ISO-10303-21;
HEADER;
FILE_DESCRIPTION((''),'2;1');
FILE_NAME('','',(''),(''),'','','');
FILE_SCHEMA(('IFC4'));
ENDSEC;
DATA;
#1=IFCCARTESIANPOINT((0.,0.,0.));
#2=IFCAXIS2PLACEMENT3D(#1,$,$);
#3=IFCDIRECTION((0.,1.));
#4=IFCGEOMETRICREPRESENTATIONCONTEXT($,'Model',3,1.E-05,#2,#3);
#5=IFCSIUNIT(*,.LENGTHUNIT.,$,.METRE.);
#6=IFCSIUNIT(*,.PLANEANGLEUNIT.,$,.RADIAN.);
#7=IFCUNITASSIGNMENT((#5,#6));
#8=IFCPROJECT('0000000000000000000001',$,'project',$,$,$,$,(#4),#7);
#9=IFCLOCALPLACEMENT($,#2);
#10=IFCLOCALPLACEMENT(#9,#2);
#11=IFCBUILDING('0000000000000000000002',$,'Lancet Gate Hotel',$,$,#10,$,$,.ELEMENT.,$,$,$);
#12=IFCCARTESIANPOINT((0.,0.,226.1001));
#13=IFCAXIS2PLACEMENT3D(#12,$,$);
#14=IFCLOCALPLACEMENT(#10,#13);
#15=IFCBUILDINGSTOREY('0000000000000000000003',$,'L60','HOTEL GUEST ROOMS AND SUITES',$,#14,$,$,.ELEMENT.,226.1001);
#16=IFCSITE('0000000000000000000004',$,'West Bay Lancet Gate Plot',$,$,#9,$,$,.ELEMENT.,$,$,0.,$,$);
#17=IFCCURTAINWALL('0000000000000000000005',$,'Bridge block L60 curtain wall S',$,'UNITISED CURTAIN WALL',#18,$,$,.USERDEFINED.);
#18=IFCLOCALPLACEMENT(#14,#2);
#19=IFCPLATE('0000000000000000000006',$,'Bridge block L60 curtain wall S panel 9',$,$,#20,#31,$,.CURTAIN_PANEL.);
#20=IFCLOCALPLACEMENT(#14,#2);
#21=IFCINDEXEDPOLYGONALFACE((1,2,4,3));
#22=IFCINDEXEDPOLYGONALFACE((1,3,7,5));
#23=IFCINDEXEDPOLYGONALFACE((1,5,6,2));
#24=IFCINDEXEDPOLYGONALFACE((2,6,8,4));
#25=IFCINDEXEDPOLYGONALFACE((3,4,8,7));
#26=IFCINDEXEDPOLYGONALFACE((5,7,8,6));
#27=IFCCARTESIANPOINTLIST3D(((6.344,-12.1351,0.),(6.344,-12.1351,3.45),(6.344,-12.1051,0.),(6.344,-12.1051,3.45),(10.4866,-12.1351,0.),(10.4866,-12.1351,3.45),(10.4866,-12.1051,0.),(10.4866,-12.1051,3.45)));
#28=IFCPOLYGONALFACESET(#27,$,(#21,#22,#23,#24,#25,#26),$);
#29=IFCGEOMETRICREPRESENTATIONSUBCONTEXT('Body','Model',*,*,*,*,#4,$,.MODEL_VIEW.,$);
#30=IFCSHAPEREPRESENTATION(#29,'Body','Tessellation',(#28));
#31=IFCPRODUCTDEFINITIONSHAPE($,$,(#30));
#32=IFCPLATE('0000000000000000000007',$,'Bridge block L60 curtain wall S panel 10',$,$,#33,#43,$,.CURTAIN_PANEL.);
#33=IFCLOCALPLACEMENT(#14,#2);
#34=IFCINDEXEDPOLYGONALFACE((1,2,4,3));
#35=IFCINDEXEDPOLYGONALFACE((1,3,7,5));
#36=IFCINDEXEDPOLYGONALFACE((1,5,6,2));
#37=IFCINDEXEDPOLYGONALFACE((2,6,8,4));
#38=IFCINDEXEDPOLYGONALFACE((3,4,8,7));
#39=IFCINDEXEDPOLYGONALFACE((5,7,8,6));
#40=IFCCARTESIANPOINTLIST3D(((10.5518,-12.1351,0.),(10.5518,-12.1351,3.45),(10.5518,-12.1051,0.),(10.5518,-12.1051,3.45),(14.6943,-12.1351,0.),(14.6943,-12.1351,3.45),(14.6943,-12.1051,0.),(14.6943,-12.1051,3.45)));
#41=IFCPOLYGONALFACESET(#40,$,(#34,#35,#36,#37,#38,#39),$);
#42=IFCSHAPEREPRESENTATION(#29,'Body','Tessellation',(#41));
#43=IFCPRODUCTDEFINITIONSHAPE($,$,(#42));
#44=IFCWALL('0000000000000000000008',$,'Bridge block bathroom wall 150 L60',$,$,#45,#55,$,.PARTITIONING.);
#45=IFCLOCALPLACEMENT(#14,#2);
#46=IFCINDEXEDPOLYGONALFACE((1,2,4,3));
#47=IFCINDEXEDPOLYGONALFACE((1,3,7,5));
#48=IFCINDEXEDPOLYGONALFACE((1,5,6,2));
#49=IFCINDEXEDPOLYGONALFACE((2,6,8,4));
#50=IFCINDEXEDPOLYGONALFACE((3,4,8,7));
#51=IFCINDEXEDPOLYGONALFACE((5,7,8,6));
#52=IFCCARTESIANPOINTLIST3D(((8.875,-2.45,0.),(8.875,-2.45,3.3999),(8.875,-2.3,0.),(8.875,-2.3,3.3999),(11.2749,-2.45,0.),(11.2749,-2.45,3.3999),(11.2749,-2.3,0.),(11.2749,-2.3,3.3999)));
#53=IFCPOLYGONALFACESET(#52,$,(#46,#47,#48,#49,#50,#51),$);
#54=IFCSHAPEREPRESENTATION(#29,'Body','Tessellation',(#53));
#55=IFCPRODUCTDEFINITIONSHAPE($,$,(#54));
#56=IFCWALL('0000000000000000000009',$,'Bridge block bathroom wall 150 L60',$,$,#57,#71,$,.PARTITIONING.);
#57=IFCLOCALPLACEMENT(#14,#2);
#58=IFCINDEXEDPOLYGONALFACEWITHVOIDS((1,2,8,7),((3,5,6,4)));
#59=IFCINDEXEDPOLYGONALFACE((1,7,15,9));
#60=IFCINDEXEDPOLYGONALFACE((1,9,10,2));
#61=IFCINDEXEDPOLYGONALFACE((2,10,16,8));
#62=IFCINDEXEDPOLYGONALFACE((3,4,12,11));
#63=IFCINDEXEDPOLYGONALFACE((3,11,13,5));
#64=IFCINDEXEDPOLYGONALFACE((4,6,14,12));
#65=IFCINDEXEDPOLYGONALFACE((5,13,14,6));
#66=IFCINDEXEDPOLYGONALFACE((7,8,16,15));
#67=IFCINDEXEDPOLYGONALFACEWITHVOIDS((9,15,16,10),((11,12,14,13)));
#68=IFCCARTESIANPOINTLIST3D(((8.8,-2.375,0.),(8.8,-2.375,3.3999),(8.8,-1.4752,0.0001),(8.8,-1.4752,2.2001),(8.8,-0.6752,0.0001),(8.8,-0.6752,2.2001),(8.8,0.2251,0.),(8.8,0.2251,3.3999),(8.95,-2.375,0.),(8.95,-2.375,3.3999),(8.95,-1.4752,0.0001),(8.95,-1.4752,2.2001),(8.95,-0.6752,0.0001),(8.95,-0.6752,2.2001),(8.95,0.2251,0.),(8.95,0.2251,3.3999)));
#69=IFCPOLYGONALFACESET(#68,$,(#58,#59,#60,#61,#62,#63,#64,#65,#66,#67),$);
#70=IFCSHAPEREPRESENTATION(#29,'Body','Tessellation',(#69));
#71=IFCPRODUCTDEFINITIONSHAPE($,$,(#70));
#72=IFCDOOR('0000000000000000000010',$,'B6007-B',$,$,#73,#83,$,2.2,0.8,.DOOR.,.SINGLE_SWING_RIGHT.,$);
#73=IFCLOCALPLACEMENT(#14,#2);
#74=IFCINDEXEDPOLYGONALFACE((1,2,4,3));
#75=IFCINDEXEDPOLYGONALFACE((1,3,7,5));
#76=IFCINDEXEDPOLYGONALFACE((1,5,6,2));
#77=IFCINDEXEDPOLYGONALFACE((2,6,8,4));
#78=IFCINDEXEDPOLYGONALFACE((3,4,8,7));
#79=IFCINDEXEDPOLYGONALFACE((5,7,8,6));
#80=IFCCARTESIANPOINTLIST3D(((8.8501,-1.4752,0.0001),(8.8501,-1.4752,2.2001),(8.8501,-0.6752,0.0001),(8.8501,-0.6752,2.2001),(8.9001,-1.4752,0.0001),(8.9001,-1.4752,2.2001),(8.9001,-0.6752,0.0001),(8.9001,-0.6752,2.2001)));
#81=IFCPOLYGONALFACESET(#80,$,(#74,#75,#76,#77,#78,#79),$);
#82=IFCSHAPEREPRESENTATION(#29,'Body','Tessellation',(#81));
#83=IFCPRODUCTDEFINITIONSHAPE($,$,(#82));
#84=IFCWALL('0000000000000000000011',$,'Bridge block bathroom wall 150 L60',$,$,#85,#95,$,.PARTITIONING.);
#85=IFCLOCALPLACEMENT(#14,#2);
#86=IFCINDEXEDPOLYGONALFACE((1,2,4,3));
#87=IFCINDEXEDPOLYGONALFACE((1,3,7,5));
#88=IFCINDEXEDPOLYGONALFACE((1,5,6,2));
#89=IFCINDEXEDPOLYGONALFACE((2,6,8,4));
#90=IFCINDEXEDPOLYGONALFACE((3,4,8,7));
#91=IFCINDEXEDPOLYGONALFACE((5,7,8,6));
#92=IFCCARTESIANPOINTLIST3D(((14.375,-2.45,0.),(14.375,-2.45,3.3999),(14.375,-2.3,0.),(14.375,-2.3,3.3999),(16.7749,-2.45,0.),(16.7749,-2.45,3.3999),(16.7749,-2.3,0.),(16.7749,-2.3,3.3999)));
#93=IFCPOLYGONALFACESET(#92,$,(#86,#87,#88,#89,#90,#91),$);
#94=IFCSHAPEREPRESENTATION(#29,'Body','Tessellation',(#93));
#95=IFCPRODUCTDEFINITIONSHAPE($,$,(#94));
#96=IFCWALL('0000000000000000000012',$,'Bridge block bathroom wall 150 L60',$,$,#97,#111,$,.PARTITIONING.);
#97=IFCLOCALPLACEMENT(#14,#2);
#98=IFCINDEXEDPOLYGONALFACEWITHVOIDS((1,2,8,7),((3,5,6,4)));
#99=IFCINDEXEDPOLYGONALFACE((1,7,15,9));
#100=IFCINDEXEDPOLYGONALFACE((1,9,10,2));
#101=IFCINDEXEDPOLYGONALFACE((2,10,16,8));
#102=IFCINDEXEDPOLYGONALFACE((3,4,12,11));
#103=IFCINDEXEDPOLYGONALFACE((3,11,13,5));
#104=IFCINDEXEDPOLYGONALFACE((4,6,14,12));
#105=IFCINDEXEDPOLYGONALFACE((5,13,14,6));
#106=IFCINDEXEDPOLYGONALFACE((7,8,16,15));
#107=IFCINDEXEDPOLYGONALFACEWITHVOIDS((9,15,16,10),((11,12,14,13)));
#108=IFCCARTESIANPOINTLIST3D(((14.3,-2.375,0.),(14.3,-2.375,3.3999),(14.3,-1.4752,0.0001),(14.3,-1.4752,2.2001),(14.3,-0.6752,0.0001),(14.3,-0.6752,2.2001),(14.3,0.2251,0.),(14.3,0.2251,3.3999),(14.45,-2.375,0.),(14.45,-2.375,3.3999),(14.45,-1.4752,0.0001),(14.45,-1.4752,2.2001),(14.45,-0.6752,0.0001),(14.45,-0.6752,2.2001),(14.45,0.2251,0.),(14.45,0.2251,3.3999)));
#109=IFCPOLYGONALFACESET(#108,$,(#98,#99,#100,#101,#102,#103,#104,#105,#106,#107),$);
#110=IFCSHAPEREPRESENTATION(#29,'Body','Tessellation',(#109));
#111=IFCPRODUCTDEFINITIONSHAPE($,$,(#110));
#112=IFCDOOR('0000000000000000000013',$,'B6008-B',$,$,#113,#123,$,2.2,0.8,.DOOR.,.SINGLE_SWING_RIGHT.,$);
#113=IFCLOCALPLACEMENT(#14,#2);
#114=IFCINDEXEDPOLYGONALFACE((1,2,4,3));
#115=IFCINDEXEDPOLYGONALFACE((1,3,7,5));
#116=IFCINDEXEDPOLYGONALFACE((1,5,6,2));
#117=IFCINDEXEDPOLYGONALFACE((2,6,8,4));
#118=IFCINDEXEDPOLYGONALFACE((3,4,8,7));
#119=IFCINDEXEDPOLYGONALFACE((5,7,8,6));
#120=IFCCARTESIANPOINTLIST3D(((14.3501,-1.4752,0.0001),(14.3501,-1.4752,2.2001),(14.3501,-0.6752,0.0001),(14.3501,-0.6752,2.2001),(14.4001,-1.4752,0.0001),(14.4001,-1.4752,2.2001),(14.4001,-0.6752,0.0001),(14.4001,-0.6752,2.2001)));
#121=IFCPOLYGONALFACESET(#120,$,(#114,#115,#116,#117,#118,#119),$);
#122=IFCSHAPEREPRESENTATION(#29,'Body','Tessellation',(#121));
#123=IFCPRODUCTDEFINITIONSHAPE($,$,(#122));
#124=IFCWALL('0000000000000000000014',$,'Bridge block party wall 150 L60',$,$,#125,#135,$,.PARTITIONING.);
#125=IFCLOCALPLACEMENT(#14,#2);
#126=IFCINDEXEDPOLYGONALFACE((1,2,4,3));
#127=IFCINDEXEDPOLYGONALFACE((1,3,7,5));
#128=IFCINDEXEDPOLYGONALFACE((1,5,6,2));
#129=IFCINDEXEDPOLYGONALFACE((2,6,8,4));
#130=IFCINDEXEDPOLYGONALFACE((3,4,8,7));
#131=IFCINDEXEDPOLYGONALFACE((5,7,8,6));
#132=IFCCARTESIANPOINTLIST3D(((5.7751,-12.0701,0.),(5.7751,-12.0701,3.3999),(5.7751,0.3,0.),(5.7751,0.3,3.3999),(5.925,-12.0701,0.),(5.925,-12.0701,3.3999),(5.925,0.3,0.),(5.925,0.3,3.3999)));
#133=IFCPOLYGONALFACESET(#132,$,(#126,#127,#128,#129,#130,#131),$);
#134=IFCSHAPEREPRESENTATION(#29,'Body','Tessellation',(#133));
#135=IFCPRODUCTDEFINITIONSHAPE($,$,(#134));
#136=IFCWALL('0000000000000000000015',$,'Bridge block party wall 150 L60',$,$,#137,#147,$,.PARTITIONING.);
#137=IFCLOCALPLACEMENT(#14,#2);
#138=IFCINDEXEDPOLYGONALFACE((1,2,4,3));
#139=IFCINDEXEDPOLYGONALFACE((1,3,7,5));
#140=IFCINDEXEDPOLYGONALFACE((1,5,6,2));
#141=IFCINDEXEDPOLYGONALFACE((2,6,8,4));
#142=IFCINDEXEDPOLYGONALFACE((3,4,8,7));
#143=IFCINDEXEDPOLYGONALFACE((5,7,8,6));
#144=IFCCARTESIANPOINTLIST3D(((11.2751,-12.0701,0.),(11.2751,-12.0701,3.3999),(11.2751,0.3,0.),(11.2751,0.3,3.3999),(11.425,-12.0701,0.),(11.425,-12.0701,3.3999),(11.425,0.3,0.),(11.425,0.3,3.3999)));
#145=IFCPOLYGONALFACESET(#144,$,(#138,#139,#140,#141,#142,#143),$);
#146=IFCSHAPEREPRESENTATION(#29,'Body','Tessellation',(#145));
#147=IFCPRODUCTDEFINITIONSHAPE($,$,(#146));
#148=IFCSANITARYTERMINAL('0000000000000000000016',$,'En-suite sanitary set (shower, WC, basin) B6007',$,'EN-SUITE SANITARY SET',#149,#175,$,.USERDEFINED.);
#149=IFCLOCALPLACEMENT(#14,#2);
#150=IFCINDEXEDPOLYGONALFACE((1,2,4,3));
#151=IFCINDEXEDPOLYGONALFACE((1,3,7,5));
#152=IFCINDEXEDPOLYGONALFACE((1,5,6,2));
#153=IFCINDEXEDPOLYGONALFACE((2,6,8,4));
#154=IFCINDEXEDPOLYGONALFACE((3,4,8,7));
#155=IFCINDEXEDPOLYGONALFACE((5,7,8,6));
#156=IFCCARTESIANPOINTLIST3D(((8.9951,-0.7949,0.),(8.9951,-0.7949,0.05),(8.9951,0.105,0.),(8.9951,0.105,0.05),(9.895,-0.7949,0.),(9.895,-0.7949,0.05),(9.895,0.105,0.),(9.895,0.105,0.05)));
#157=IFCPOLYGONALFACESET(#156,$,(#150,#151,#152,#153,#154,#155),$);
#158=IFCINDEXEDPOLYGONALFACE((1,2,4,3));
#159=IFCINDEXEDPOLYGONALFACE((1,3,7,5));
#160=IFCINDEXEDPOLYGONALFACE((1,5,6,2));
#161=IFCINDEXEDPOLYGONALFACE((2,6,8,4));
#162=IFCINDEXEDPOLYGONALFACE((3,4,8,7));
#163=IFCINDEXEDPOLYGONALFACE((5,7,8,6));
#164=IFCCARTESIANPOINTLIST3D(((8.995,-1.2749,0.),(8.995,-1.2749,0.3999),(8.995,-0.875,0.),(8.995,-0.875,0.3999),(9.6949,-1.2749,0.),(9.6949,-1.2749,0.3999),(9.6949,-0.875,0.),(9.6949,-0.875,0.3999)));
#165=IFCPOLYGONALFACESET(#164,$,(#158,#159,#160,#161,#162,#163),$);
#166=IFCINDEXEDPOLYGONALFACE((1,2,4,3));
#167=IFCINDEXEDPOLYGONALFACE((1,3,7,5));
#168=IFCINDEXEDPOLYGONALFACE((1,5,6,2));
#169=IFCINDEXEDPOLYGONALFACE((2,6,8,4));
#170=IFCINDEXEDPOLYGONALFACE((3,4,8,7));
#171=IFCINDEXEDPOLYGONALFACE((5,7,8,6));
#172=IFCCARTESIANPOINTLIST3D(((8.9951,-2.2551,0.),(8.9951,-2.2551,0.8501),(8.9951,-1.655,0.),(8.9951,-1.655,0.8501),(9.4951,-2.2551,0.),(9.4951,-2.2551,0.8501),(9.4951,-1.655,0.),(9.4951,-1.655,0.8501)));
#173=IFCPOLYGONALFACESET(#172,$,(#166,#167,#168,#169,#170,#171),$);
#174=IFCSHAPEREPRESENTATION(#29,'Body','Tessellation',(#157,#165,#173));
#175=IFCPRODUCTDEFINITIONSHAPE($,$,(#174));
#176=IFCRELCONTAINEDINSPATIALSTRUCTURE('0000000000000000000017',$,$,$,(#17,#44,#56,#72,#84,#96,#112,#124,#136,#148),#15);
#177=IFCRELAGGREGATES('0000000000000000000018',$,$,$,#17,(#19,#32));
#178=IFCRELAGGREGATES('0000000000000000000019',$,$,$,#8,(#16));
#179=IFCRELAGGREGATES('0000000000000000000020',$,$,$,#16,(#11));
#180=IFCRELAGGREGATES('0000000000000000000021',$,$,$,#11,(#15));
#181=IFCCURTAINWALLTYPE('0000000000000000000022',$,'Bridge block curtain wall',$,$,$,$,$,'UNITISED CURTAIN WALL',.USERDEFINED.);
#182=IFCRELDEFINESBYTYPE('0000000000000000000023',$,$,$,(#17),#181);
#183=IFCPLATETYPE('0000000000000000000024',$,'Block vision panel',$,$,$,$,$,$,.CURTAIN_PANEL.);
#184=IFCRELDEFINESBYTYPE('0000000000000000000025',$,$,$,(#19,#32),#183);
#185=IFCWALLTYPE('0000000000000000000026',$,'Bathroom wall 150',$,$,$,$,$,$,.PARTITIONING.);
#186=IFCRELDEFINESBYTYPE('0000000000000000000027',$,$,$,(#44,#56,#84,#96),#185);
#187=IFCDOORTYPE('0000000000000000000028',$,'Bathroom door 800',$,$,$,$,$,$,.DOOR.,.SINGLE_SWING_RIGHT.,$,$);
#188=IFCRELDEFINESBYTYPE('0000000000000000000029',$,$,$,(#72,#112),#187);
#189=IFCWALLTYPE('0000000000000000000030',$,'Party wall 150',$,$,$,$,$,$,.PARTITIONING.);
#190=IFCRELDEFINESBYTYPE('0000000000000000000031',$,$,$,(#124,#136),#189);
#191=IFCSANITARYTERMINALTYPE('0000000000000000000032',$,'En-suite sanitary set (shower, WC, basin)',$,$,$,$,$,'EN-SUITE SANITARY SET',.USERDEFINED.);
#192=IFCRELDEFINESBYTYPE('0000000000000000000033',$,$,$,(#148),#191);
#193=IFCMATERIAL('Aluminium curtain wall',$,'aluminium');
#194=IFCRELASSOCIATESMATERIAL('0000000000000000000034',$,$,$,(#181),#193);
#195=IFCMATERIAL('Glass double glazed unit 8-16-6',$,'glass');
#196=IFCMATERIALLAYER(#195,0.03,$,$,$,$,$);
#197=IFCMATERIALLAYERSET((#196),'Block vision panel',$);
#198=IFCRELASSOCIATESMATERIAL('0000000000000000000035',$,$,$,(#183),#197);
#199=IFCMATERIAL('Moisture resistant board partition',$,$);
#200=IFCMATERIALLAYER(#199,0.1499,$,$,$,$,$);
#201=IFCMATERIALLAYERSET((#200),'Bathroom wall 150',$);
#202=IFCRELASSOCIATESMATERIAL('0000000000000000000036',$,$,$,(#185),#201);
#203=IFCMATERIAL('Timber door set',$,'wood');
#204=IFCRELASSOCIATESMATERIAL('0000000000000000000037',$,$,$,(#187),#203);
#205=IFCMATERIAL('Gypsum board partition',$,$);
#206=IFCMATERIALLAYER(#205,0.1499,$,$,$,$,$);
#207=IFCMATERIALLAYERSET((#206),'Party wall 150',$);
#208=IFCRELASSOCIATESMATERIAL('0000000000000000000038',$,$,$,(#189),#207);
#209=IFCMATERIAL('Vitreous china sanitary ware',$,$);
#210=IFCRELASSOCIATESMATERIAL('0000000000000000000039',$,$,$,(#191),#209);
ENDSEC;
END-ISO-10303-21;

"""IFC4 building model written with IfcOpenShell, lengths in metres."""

from ifc_helpers import new_model, si_unit, direction, frame, frame_2d, origin, origin_2d, place, context, subcontext, project, spatial, rectangle, extrude, material, layer, layer_set, type_object, element, fill, aggregate, save


model = new_model("IFC4")

# Units and contexts
model_context = context("Model", 3, precision=1e-05, world=origin(), true_north=direction((0.0, 1.0)))
body_context = subcontext(model_context, "Body", "Model", "MODEL_VIEW")
ifc_project = project(units=[si_unit("LENGTHUNIT", "METRE"), si_unit("PLANEANGLEUNIT", "RADIAN")], contexts=[model_context])

# Site, building, storey
site_placement = place(None, origin())
site = spatial("IfcSite", under=ifc_project, at=site_placement, Name="West Bay Lancet Gate Plot", CompositionType="ELEMENT", RefElevation=0.0)
building_placement = place(site_placement, origin())
building = spatial("IfcBuilding", under=site, at=building_placement, Name="Lancet Gate Hotel", CompositionType="ELEMENT")
storey_placement = place(building_placement, frame((0.0, 0.0, 226.1001)))
storey = spatial("IfcBuildingStorey", under=building, at=storey_placement, Name="L60", Description="HOTEL GUEST ROOMS AND SUITES", CompositionType="ELEMENT", Elevation=226.1001)

# Curtain wall
ifc_material_1 = material(Name="Aluminium curtain wall", Category="aluminium")
curtain_wall_type = type_object("IfcCurtainWallType", Name="Bridge block curtain wall", ElementType="UNITISED CURTAIN WALL", PredefinedType="USERDEFINED", material=ifc_material_1)
curtain_wall_placement = place(storey_placement, origin())
curtain_wall = element("IfcCurtainWall", 1, at=curtain_wall_placement, inside=storey, type_object=curtain_wall_type, Name="Bridge block L60 curtain wall S", ObjectType="UNITISED CURTAIN WALL", PredefinedType="USERDEFINED")

# Plates
ifc_material_2 = material(Name="Glass double glazed unit 8-16-6", Category="glass")
ifc_layer_1 = layer(ifc_material_2, 0.03)
ifc_layer_set_1 = layer_set([ifc_layer_1], Name="Block vision panel")
plate_type = type_object("IfcPlateType", Name="Block vision panel", PredefinedType="CURTAIN_PANEL", material=ifc_layer_set_1)
plate_1_placement = place(storey_placement, frame((8.4153, -12.1201, 0.0), z_axis=(0.0, 0.0, 1.0), x_axis=(1.0, 0.0, 0.0)))
plate_1 = element("IfcPlate", 2, at=plate_1_placement, type_object=plate_type, Name="Bridge block L60 curtain wall S panel 9", PredefinedType="CURTAIN_PANEL", context=body_context, shape_type="SweptSolid", body=[
    extrude(rectangle(XDim=4.1426, YDim=0.03, at=origin_2d()), origin(), (0.0, 0.0, 1.0), 3.45),
])
plate_2_placement = place(storey_placement, frame((12.623, -12.1201, 0.0), z_axis=(0.0, 0.0, 1.0), x_axis=(1.0, 0.0, 0.0)))
plate_2 = element("IfcPlate", 3, at=plate_2_placement, type_object=plate_type, Name="Bridge block L60 curtain wall S panel 10", PredefinedType="CURTAIN_PANEL", context=body_context, shape_type="SweptSolid", body=[
    extrude(rectangle(XDim=4.1426, YDim=0.03, at=origin_2d()), origin(), (0.0, 0.0, 1.0), 3.45),
])
aggregate(curtain_wall, [plate_1, plate_2])

# Wall
ifc_material_3 = material(Name="Moisture resistant board partition")
ifc_layer_2 = layer(ifc_material_3, 0.1499)
ifc_layer_set_2 = layer_set([ifc_layer_2], Name="Bathroom wall 150")
wall_type_1 = type_object("IfcWallType", Name="Bathroom wall 150", PredefinedType="PARTITIONING", material=ifc_layer_set_2)
wall_1_placement = place(storey_placement, frame((8.875, -2.375, 0.0), z_axis=(0.0, 0.0, 1.0), x_axis=(1.0, 0.0, 0.0)))
element("IfcWall", 4, at=wall_1_placement, inside=storey, type_object=wall_type_1, Name="Bridge block bathroom wall 150 L60", PredefinedType="PARTITIONING", context=body_context, shape_type="SweptSolid", body=[
    extrude(rectangle(XDim=2.3999, YDim=0.1499, at=frame_2d((1.2, 0.0))), origin(), (0.0, 0.0, 1.0), 3.3999),
])

# Wall, opening, door
wall_2_placement = place(storey_placement, frame((8.875, -2.375, 0.0), z_axis=(0.0, 0.0, 1.0), x_axis=(0.0, 1.0, 0.0)))
wall_2 = element("IfcWall", 5, at=wall_2_placement, inside=storey, type_object=wall_type_1, Name="Bridge block bathroom wall 150 L60", PredefinedType="PARTITIONING", context=body_context, shape_type="SweptSolid", body=[
    extrude(rectangle(XDim=2.6001, YDim=0.1499, at=frame_2d((1.3, 0.0))), origin(), (0.0, 0.0, 1.0), 3.3999),
])
opening_1_placement = place(wall_2_placement, frame((0.8999, 0.0, 0.0)))
opening_1 = element("IfcOpeningElement", 6, at=opening_1_placement, cuts=wall_2, PredefinedType="OPENING", context=body_context, shape_type="SweptSolid", body=[
    extrude(rectangle(XDim=0.8, YDim=2.2, at=frame_2d((0.3999, 1.1001))), frame((0.0, 0.085, 0.0), z_axis=(0.0, -1.0, 0.0), x_axis=(1.0, 0.0, 0.0)), (0.0, 0.0, 1.0), 0.1699),
])
ifc_material_4 = material(Name="Timber door set", Category="wood")
door_type = type_object("IfcDoorType", Name="Bathroom door 800", OperationType="SINGLE_SWING_RIGHT", PredefinedType="DOOR", material=ifc_material_4)
door_1_placement = place(opening_1_placement, origin())
door_1 = element("IfcDoor", 7, at=door_1_placement, inside=storey, type_object=door_type, Name="B6007-B", OperationType="SINGLE_SWING_RIGHT", OverallHeight=2.2, OverallWidth=0.8, PredefinedType="DOOR", context=body_context, shape_type="SweptSolid", body=[
    extrude(rectangle(XDim=0.8, YDim=2.2, at=frame_2d((0.3999, 1.1001))), frame((0.0, 0.0249, 0.0), z_axis=(0.0, -1.0, 0.0), x_axis=(1.0, 0.0, 0.0)), (0.0, 0.0, 1.0), 0.05),
])
fill(opening_1, door_1)

# Wall
wall_3_placement = place(storey_placement, frame((14.375, -2.375, 0.0), z_axis=(0.0, 0.0, 1.0), x_axis=(1.0, 0.0, 0.0)))
element("IfcWall", 8, at=wall_3_placement, inside=storey, type_object=wall_type_1, Name="Bridge block bathroom wall 150 L60", PredefinedType="PARTITIONING", context=body_context, shape_type="SweptSolid", body=[
    extrude(rectangle(XDim=2.3999, YDim=0.1499, at=frame_2d((1.2, 0.0))), origin(), (0.0, 0.0, 1.0), 3.3999),
])

# Wall, opening, door
wall_4_placement = place(storey_placement, frame((14.375, -2.375, 0.0), z_axis=(0.0, 0.0, 1.0), x_axis=(0.0, 1.0, 0.0)))
wall_4 = element("IfcWall", 9, at=wall_4_placement, inside=storey, type_object=wall_type_1, Name="Bridge block bathroom wall 150 L60", PredefinedType="PARTITIONING", context=body_context, shape_type="SweptSolid", body=[
    extrude(rectangle(XDim=2.6001, YDim=0.1499, at=frame_2d((1.3, 0.0))), origin(), (0.0, 0.0, 1.0), 3.3999),
])
opening_2_placement = place(wall_4_placement, frame((0.8999, 0.0, 0.0)))
opening_2 = element("IfcOpeningElement", 10, at=opening_2_placement, cuts=wall_4, PredefinedType="OPENING", context=body_context, shape_type="SweptSolid", body=[
    extrude(rectangle(XDim=0.8, YDim=2.2, at=frame_2d((0.3999, 1.1001))), frame((0.0, 0.085, 0.0), z_axis=(0.0, -1.0, 0.0), x_axis=(1.0, 0.0, 0.0)), (0.0, 0.0, 1.0), 0.1699),
])
door_2_placement = place(opening_2_placement, origin())
door_2 = element("IfcDoor", 11, at=door_2_placement, inside=storey, type_object=door_type, Name="B6008-B", OperationType="SINGLE_SWING_RIGHT", OverallHeight=2.2, OverallWidth=0.8, PredefinedType="DOOR", context=body_context, shape_type="SweptSolid", body=[
    extrude(rectangle(XDim=0.8, YDim=2.2, at=frame_2d((0.3999, 1.1001))), frame((0.0, 0.0249, 0.0), z_axis=(0.0, -1.0, 0.0), x_axis=(1.0, 0.0, 0.0)), (0.0, 0.0, 1.0), 0.05),
])
fill(opening_2, door_2)

# Walls
ifc_material_5 = material(Name="Gypsum board partition")
ifc_layer_3 = layer(ifc_material_5, 0.1499)
ifc_layer_set_3 = layer_set([ifc_layer_3], Name="Party wall 150")
wall_type_2 = type_object("IfcWallType", Name="Party wall 150", PredefinedType="PARTITIONING", material=ifc_layer_set_3)
for number, where, z_axis, x_axis, name in (
    (12, (5.8501, -12.0701, 0.0), (0.0, 0.0, 1.0), (0.0, 1.0, 0.0), "Bridge block party wall 150 L60"),
    (13, (11.3501, -12.0701, 0.0), (0.0, 0.0, 1.0), (0.0, 1.0, 0.0), "Bridge block party wall 150 L60"),
):
    element("IfcWall", number, at=place(storey_placement, frame(where, z_axis=z_axis, x_axis=x_axis)), inside=storey, type_object=wall_type_2, Name=name, PredefinedType="PARTITIONING", context=body_context, shape_type="SweptSolid", body=[
        extrude(rectangle(XDim=12.3701, YDim=0.1499, at=frame_2d((6.1851, 0.0))), origin(), (0.0, 0.0, 1.0), 3.3999),
    ])

# Sanitary terminal
ifc_material_6 = material(Name="Vitreous china sanitary ware")
sanitary_terminal_type = type_object("IfcSanitaryTerminalType", Name="En-suite sanitary set (shower, WC, basin)", ElementType="EN-SUITE SANITARY SET", PredefinedType="USERDEFINED", material=ifc_material_6)
sanitary_terminal_placement = place(storey_placement, frame((9.4451, -0.345, 0.0), z_axis=(0.0, 0.0, 1.0), x_axis=(1.0, 0.0, 0.0)))
element("IfcSanitaryTerminal", 14, at=sanitary_terminal_placement, inside=storey, type_object=sanitary_terminal_type, Name="En-suite sanitary set (shower, WC, basin) B6007", ObjectType="EN-SUITE SANITARY SET", PredefinedType="USERDEFINED", context=body_context, shape_type="SweptSolid", body=[
    extrude(rectangle(XDim=0.8999, YDim=0.8999, at=origin_2d()), frame((0.0, 0.0, 0.0), z_axis=(0.0, 0.0, 1.0), x_axis=(0.0, 1.0, 0.0)), (0.0, 0.0, 1.0), 0.05),
    extrude(rectangle(XDim=0.3999, YDim=0.7, at=origin_2d()), frame((-0.1001, -0.73, 0.0), z_axis=(0.0, 0.0, 1.0), x_axis=(0.0, 1.0, 0.0)), (0.0, 0.0, 1.0), 0.3999),
    extrude(rectangle(XDim=0.6001, YDim=0.5, at=origin_2d()), frame((-0.2, -1.6101, 0.0), z_axis=(0.0, 0.0, 1.0), x_axis=(0.0, 1.0, 0.0)), (0.0, 0.0, 1.0), 0.8501),
])

save(model, "model.ifc")
